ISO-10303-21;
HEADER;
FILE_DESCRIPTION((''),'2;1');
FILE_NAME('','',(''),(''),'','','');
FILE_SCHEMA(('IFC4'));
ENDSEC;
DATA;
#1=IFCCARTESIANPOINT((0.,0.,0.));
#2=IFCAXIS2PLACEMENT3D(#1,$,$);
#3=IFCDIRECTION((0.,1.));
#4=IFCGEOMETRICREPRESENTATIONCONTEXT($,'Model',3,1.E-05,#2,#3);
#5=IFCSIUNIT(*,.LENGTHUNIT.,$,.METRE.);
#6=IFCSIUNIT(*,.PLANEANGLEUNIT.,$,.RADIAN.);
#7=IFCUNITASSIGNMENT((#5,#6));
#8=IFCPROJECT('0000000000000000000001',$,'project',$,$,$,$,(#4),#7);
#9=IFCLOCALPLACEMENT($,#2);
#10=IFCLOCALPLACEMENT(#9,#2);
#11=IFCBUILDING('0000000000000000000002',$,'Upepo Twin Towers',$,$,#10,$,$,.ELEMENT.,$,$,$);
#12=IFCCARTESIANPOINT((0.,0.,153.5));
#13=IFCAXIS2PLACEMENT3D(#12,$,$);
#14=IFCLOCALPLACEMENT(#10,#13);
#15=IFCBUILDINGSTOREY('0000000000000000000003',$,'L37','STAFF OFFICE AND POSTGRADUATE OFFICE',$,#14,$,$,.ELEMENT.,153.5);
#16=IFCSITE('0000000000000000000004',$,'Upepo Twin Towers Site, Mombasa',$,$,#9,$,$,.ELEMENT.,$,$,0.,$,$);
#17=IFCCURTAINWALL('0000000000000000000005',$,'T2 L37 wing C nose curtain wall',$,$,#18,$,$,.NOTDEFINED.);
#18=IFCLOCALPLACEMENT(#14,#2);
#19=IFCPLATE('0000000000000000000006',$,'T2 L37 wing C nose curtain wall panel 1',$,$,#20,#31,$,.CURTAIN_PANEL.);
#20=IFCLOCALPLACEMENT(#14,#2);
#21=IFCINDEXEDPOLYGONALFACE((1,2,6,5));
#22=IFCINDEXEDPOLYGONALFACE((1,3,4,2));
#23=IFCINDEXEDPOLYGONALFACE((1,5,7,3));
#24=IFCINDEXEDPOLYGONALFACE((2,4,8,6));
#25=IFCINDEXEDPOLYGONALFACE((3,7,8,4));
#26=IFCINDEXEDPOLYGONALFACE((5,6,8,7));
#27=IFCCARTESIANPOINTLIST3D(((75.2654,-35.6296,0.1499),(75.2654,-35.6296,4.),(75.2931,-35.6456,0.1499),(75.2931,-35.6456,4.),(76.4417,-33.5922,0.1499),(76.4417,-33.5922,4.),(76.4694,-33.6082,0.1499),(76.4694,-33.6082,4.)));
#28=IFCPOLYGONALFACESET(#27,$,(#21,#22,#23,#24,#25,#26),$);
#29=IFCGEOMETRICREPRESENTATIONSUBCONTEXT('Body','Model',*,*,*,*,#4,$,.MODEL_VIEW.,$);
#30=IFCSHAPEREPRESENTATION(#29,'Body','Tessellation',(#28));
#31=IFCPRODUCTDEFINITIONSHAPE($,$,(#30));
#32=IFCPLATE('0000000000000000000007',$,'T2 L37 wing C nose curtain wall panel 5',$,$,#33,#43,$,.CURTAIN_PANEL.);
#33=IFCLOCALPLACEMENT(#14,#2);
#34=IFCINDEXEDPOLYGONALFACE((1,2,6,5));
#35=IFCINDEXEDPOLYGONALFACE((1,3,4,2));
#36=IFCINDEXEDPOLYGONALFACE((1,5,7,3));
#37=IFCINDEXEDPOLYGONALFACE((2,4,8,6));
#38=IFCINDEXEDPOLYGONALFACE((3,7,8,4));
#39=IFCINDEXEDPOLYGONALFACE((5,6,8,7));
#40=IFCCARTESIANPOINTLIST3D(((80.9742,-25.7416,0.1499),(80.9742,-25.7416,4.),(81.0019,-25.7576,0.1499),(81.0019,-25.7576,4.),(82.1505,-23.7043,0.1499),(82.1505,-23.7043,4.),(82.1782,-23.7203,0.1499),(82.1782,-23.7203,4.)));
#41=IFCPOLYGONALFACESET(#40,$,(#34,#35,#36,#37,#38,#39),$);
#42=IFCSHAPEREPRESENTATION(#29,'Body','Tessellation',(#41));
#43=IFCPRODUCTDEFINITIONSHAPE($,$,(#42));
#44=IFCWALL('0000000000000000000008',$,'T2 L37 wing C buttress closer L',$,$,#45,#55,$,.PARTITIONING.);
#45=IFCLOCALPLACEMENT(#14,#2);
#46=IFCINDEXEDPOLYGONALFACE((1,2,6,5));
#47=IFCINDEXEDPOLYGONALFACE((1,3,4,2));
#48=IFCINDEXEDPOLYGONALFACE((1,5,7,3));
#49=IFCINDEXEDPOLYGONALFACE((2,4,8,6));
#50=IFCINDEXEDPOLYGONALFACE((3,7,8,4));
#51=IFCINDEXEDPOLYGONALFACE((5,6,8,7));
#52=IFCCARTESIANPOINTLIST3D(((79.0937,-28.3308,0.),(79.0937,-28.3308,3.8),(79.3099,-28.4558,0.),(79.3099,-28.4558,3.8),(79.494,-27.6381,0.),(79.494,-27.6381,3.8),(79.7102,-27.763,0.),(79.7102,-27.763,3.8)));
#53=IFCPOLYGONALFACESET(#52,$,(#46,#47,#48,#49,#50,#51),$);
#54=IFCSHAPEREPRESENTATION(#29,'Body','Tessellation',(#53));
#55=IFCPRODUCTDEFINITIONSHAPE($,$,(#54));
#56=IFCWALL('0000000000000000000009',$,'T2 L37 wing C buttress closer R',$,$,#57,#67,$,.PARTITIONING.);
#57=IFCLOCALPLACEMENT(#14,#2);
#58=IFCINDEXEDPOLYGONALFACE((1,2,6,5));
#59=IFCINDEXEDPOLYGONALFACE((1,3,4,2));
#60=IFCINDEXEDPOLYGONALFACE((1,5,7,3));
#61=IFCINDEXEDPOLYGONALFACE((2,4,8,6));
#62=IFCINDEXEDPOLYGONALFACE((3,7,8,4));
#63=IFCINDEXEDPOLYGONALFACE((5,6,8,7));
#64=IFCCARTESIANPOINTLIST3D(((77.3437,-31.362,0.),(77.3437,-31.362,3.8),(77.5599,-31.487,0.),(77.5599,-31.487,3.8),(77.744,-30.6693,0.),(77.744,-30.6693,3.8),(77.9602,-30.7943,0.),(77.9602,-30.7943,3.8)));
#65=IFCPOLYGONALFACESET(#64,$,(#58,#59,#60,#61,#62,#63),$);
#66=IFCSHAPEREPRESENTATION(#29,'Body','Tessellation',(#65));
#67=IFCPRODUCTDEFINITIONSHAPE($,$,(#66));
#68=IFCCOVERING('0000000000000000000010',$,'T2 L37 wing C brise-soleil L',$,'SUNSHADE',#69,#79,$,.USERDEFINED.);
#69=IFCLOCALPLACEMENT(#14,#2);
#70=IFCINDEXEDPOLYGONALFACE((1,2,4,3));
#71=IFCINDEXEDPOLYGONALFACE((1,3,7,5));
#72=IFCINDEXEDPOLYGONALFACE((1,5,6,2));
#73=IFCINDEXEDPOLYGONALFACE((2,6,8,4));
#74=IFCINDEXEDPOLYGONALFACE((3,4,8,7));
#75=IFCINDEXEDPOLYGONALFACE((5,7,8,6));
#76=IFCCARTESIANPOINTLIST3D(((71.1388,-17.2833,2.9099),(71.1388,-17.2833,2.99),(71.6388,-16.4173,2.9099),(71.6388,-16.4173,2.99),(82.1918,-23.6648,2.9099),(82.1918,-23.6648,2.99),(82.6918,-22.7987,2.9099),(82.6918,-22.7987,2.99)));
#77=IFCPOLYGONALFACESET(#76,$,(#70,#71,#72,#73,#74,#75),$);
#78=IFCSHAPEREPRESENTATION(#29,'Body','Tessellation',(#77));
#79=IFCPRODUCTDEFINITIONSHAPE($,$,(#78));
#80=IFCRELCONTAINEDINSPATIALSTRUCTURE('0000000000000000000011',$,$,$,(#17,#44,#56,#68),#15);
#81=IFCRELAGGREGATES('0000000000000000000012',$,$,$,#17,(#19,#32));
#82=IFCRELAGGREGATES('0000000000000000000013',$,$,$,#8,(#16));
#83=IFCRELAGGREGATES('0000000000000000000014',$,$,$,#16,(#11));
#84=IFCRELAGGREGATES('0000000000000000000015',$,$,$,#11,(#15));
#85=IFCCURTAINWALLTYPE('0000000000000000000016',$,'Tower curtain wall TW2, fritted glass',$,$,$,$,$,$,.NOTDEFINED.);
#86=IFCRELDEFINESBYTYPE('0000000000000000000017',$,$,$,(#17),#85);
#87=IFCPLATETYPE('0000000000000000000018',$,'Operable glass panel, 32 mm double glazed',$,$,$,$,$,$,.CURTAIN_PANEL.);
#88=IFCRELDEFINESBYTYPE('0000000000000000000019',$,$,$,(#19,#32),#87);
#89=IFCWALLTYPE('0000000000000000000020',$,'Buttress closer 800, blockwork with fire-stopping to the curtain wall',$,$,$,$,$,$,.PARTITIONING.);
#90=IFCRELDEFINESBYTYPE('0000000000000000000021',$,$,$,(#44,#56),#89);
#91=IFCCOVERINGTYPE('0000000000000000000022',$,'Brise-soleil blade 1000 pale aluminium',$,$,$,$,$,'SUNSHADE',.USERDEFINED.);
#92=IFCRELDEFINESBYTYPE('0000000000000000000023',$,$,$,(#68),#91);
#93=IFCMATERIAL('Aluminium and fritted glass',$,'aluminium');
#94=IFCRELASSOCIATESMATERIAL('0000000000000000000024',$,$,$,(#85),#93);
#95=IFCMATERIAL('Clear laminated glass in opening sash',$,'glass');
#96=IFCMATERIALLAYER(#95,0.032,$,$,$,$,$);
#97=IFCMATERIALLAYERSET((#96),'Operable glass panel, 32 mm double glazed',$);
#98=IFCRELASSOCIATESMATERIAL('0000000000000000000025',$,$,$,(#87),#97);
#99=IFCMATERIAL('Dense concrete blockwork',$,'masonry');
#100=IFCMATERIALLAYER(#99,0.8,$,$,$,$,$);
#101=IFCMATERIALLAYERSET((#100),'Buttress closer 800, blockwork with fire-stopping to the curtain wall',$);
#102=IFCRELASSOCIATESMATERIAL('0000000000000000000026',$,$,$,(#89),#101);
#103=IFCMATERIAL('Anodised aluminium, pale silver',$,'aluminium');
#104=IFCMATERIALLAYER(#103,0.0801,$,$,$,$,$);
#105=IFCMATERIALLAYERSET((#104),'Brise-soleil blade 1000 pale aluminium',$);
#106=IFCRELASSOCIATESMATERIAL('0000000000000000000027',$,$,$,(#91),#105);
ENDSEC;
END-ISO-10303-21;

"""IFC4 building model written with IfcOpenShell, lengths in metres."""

from ifc_helpers import new_model, si_unit, direction, frame, frame_2d, origin, origin_2d, place, context, subcontext, project, spatial, rectangle, extrude, material, layer, layer_set, type_object, element, aggregate, save


model = new_model("IFC4")

# Units and contexts
model_context = context("Model", 3, precision=1e-05, world=origin(), true_north=direction((0.0, 1.0)))
body_context = subcontext(model_context, "Body", "Model", "MODEL_VIEW")
ifc_project = project(units=[si_unit("LENGTHUNIT", "METRE"), si_unit("PLANEANGLEUNIT", "RADIAN")], contexts=[model_context])

# Site, building, storey
site_placement = place(None, origin())
site = spatial("IfcSite", under=ifc_project, at=site_placement, Name="Upepo Twin Towers Site, Mombasa", CompositionType="ELEMENT", RefElevation=0.0)
building_placement = place(site_placement, origin())
building = spatial("IfcBuilding", under=site, at=building_placement, Name="Upepo Twin Towers", CompositionType="ELEMENT")
storey_placement = place(building_placement, frame((0.0, 0.0, 153.5)))
storey = spatial("IfcBuildingStorey", under=building, at=storey_placement, Name="L37", Description="STAFF OFFICE AND POSTGRADUATE OFFICE", CompositionType="ELEMENT", Elevation=153.5)

# Shared definitions
ifc_material_1 = material(Name="Aluminium and fritted glass", Category="aluminium")
curtain_wall_type = type_object("IfcCurtainWallType", Name="Tower curtain wall TW2, fritted glass", PredefinedType="NOTDEFINED", material=ifc_material_1)

# Curtain wall
curtain_wall_1_placement = place(storey_placement, origin())
curtain_wall_1 = element("IfcCurtainWall", 1, at=curtain_wall_1_placement, inside=storey, type_object=curtain_wall_type, Name="T2 L37 wing C nose curtain wall", PredefinedType="NOTDEFINED")

# Plates
ifc_material_2 = material(Name="Clear laminated glass in opening sash", Category="glass")
ifc_layer_1 = layer(ifc_material_2, 0.032)
ifc_layer_set_1 = layer_set([ifc_layer_1], Name="Operable glass panel, 32 mm double glazed")
plate_type_1 = type_object("IfcPlateType", Name="Operable glass panel, 32 mm double glazed", PredefinedType="CURTAIN_PANEL", material=ifc_layer_set_1)
plate_1_placement = place(storey_placement, frame((75.8674, -34.6189, 0.1499), z_axis=(0.0, 0.0, 1.0), x_axis=(0.5, 0.866025, 0.0)))
plate_1 = element("IfcPlate", 2, at=plate_1_placement, type_object=plate_type_1, Name="T2 L37 wing C nose curtain wall panel 1", PredefinedType="CURTAIN_PANEL", context=body_context, shape_type="SweptSolid", body=[
    extrude(rectangle(XDim=2.3525, YDim=0.032, at=origin_2d()), origin(), (0.0, 0.0, 1.0), 3.8501),
])
plate_2_placement = place(storey_placement, frame((81.5762, -24.731, 0.1499), z_axis=(0.0, 0.0, 1.0), x_axis=(0.5, 0.866025, 0.0)))
plate_2 = element("IfcPlate", 3, at=plate_2_placement, type_object=plate_type_1, Name="T2 L37 wing C nose curtain wall panel 5", PredefinedType="CURTAIN_PANEL", context=body_context, shape_type="SweptSolid", body=[
    extrude(rectangle(XDim=2.3525, YDim=0.032, at=origin_2d()), origin(), (0.0, 0.0, 1.0), 3.8501),
])
aggregate(curtain_wall_1, [plate_1, plate_2])

# Walls
ifc_material_3 = material(Name="Dense concrete blockwork", Category="masonry")
ifc_layer_2 = layer(ifc_material_3, 0.8)
ifc_layer_set_2 = layer_set([ifc_layer_2], Name="Buttress closer 800, blockwork with fire-stopping to the curtain wall")
wall_type = type_object("IfcWallType", Name="Buttress closer 800, blockwork with fire-stopping to the curtain wall", PredefinedType="PARTITIONING", material=ifc_layer_set_2)
for number, where, z_axis, x_axis, name in (
    (4, (79.2937, -27.9844, 0.0), (0.0, 0.0, 1.0), (0.865827, -0.500343, 0.0), "T2 L37 wing C buttress closer L"),
    (5, (77.5437, -31.0156, 0.0), (0.0, 0.0, 1.0), (0.865827, -0.500343, 0.0), "T2 L37 wing C buttress closer R"),
):
    element("IfcWall", number, at=place(storey_placement, frame(where, z_axis=z_axis, x_axis=x_axis)), inside=storey, type_object=wall_type, Name=name, PredefinedType="PARTITIONING", context=body_context, shape_type="SweptSolid", body=[
        extrude(rectangle(XDim=0.2498, YDim=0.8, at=frame_2d((0.125, 0.0))), origin(), (0.0, 0.0, 1.0), 3.8),
    ])

# Covering
ifc_material_4 = material(Name="Anodised aluminium, pale silver", Category="aluminium")
ifc_layer_3 = layer(ifc_material_4, 0.0801)
ifc_layer_set_3 = layer_set([ifc_layer_3], Name="Brise-soleil blade 1000 pale aluminium")
covering_type = type_object("IfcCoveringType", Name="Brise-soleil blade 1000 pale aluminium", ElementType="SUNSHADE", PredefinedType="USERDEFINED", material=ifc_layer_set_3)
covering_placement = place(storey_placement, frame((76.9153, -20.041, 2.9099), z_axis=(0.0, 0.0, 1.0), x_axis=(0.866025, -0.5, 0.0)))
element("IfcCovering", 6, at=covering_placement, inside=storey, type_object=covering_type, Name="T2 L37 wing C brise-soleil L", ObjectType="SUNSHADE", PredefinedType="USERDEFINED", context=body_context, shape_type="SweptSolid", body=[
    extrude(rectangle(XDim=12.7629, YDim=1.0, at=origin_2d()), origin(), (0.0, 0.0, 1.0), 0.0801),
])

save(model, "model.ifc")
